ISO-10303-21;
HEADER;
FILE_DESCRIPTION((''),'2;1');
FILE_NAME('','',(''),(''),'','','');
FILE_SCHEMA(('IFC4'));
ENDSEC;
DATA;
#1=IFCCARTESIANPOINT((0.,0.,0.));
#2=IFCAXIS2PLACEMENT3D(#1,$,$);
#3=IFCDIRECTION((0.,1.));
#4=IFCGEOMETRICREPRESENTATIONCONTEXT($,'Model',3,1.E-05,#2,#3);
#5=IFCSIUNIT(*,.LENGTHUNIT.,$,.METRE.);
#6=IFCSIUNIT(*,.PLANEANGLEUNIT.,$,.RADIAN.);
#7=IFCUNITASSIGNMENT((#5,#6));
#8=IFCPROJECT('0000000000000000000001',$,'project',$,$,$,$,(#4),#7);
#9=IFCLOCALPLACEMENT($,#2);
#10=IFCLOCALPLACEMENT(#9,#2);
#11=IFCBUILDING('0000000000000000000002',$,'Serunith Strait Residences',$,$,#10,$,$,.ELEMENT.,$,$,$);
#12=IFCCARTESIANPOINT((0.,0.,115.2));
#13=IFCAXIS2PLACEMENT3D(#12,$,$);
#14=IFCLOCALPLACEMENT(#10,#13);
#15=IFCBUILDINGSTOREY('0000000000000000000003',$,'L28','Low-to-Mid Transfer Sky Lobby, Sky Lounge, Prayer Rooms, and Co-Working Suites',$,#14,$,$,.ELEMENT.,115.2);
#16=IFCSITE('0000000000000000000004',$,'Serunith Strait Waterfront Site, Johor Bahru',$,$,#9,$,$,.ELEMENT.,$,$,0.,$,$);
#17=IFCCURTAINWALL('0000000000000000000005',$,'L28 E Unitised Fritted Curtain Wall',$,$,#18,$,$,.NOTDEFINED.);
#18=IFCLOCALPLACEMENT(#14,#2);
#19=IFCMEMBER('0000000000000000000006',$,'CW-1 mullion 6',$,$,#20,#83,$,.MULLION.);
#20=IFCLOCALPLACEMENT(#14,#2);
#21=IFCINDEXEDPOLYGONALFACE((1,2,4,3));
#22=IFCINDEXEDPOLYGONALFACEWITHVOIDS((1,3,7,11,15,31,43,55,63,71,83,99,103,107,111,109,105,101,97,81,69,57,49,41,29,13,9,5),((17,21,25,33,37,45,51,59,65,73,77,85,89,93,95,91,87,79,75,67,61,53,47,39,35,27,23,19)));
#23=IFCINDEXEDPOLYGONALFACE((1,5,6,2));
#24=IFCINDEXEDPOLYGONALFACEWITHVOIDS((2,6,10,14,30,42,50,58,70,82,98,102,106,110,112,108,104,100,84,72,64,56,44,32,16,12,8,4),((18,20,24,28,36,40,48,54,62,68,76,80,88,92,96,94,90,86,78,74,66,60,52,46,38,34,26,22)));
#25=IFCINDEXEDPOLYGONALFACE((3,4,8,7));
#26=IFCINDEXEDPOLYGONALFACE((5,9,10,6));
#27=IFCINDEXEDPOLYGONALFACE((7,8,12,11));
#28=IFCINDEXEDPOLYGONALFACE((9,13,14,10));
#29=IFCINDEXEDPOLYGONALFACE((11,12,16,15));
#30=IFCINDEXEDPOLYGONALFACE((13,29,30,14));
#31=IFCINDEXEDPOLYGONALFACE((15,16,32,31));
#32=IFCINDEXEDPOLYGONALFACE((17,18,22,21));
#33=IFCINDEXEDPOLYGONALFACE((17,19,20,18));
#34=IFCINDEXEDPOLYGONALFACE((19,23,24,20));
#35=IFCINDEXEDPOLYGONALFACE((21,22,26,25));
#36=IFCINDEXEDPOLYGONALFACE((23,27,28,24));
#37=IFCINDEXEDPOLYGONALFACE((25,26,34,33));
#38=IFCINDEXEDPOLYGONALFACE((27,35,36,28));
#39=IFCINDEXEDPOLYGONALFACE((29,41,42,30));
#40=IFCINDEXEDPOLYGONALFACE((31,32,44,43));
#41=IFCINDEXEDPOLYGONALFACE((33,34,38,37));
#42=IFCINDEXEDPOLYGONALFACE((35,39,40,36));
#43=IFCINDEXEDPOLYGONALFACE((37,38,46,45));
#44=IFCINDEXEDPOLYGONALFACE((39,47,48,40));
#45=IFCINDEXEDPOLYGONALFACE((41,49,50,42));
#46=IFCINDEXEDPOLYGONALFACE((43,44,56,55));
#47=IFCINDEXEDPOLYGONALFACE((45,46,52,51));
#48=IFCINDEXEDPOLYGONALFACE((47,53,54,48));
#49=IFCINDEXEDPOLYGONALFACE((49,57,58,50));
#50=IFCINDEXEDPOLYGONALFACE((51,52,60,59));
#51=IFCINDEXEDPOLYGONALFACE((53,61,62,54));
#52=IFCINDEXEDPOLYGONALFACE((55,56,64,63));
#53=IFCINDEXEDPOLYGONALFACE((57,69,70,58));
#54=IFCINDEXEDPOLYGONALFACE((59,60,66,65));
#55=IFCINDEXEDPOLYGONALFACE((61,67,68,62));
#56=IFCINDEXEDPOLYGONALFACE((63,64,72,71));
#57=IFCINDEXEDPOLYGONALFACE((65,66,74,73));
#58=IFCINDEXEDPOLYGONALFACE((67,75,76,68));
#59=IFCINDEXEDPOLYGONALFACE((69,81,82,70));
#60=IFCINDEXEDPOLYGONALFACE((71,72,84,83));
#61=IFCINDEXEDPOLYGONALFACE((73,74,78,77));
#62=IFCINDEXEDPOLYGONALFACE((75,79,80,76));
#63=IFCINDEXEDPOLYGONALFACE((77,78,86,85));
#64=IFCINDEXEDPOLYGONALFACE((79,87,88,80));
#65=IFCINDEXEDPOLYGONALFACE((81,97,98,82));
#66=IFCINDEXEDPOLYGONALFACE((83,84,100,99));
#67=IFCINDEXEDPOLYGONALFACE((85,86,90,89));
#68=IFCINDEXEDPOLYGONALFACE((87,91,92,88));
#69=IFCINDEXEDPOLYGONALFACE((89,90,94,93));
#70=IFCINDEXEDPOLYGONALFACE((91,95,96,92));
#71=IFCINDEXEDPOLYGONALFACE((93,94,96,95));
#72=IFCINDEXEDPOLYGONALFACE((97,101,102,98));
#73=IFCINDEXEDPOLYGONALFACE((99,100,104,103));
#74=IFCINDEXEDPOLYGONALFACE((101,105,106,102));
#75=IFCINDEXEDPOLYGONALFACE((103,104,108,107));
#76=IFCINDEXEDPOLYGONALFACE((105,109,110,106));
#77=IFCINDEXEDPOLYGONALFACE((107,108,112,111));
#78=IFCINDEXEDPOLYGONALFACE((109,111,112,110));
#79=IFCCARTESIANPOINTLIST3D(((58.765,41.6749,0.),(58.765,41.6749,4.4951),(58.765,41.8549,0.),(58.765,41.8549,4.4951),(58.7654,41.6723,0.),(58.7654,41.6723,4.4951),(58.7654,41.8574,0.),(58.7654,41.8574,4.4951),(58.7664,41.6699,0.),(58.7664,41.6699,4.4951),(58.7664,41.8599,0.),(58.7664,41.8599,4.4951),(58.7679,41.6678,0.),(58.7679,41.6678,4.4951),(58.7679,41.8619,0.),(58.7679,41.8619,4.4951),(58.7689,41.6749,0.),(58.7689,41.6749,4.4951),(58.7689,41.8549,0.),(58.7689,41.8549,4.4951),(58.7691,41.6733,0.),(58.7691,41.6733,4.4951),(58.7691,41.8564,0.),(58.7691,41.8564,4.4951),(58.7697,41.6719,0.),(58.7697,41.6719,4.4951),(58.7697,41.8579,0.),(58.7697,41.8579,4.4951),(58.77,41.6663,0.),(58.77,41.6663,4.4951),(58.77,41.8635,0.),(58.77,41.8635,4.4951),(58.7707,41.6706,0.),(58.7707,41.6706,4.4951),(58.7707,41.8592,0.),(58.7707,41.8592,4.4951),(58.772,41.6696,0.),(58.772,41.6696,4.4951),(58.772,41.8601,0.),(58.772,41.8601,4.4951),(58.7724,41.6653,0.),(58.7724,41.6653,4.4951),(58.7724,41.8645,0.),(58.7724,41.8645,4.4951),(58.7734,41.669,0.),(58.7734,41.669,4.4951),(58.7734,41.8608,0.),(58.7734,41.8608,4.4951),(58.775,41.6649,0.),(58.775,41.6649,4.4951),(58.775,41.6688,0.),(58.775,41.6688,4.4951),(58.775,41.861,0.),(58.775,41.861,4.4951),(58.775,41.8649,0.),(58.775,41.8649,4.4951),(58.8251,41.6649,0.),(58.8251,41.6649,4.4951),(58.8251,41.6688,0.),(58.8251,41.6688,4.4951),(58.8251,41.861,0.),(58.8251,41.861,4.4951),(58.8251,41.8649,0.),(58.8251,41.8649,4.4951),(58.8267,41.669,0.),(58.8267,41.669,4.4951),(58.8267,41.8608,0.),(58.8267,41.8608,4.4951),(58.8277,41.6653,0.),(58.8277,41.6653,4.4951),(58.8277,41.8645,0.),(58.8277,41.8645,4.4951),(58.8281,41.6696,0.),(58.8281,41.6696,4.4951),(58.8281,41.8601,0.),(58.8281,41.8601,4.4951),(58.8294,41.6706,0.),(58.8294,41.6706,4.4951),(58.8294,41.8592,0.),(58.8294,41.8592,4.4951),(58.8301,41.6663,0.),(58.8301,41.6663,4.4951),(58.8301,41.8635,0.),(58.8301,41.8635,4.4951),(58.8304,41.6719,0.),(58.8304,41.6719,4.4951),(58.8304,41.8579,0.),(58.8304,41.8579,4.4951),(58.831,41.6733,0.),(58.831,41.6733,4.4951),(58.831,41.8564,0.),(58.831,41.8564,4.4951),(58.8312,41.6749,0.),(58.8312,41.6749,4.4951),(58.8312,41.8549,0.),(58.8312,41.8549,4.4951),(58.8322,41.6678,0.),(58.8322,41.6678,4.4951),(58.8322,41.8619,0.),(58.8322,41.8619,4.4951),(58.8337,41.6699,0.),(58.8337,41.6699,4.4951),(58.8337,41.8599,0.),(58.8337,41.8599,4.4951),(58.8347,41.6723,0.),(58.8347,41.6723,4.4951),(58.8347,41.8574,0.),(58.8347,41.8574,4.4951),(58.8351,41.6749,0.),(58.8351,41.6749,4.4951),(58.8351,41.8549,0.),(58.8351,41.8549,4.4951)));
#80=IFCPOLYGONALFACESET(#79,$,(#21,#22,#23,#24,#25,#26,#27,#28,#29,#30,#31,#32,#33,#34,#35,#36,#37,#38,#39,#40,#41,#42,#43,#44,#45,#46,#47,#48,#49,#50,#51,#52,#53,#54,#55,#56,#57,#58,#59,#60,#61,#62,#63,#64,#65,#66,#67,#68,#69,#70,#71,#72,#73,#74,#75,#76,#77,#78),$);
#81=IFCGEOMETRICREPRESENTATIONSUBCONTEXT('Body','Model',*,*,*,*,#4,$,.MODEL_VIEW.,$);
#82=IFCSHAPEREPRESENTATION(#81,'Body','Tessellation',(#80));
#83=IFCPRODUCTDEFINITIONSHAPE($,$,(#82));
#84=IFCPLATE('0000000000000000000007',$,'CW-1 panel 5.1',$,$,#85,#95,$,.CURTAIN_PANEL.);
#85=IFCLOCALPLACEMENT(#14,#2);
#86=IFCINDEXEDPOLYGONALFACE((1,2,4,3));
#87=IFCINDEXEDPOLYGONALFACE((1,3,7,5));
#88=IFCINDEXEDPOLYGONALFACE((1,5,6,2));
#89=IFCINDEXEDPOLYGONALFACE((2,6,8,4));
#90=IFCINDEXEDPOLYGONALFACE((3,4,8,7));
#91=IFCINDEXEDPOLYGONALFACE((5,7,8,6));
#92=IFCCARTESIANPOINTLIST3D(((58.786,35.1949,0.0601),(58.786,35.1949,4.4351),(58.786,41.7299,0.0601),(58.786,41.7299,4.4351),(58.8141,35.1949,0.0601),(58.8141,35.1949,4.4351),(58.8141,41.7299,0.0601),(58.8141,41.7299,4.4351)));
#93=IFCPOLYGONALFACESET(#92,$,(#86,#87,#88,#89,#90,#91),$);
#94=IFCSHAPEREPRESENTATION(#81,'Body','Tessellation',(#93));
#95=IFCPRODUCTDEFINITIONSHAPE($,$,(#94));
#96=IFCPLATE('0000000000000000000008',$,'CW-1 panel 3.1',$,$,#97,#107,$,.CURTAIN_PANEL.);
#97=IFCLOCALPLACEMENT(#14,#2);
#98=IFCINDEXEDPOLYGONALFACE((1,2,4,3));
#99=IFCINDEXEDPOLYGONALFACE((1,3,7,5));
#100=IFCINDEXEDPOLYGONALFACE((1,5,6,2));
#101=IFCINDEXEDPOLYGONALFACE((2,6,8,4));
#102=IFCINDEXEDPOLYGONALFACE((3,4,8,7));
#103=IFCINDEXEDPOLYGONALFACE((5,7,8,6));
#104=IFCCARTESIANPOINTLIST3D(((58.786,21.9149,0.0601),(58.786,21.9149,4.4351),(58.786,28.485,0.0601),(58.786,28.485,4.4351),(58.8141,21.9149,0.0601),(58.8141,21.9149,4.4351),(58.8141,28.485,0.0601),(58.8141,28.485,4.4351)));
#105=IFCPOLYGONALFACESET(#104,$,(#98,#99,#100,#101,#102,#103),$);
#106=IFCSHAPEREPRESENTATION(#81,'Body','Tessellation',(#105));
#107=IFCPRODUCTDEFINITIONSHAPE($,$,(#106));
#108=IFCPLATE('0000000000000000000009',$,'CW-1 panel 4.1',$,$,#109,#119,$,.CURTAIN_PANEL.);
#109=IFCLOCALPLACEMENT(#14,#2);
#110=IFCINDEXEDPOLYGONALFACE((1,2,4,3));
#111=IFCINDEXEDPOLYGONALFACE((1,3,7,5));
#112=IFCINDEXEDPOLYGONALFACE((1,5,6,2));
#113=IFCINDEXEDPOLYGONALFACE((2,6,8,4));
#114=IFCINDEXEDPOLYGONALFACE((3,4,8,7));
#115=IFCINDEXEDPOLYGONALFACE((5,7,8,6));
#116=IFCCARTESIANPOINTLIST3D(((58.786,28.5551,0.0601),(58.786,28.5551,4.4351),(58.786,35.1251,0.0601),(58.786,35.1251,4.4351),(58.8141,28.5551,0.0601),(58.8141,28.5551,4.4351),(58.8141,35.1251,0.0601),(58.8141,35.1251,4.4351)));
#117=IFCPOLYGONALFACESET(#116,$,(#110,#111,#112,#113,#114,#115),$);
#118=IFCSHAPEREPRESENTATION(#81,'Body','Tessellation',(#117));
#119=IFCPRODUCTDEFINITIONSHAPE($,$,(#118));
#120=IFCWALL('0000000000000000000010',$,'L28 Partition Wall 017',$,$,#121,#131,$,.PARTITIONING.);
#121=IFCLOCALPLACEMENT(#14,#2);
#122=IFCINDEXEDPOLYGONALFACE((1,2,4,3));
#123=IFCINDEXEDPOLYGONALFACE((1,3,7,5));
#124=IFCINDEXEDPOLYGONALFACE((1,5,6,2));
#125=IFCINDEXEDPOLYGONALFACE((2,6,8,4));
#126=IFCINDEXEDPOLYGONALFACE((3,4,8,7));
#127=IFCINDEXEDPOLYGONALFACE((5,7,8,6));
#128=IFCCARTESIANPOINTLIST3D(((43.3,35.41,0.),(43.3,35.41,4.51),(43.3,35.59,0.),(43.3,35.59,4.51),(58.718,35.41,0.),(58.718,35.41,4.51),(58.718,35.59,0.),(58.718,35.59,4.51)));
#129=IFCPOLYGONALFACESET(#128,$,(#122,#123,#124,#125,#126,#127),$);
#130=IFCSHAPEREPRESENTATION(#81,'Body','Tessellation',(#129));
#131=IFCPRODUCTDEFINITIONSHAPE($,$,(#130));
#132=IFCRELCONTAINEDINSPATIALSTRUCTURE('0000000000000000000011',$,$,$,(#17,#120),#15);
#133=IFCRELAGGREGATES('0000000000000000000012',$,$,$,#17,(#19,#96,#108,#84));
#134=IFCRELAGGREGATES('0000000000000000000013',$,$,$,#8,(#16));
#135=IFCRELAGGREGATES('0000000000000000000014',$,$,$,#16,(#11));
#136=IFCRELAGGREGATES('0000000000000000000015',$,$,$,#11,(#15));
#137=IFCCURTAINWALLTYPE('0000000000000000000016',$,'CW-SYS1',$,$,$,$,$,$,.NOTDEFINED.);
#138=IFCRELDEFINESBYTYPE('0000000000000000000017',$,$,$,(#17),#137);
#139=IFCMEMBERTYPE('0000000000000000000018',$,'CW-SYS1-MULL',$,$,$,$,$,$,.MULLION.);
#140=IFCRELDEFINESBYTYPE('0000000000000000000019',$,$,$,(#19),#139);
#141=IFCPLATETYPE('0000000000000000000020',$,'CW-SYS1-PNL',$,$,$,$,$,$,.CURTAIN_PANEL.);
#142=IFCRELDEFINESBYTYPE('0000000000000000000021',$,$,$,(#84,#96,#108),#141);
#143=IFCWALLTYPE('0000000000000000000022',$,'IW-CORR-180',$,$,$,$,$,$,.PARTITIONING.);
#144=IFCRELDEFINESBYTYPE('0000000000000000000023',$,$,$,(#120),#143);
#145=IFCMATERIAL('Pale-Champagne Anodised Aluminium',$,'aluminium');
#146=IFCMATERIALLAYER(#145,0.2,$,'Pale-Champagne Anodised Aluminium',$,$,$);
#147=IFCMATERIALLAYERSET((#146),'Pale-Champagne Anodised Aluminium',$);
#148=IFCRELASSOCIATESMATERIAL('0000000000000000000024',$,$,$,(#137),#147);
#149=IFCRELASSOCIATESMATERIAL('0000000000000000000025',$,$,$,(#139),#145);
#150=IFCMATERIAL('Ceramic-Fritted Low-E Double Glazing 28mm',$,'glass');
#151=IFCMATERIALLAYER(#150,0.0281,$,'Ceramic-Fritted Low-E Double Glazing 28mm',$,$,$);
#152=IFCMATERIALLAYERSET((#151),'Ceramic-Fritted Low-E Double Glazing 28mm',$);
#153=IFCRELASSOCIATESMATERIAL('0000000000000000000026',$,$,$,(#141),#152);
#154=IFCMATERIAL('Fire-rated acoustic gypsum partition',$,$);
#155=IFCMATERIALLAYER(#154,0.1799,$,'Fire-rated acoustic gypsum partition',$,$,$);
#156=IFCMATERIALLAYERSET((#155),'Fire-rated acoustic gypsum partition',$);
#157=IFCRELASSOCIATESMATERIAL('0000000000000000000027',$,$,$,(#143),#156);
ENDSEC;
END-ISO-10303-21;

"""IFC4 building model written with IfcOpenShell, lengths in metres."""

from ifc_helpers import new_model, si_unit, direction, frame, frame_2d, origin, origin_2d, place, context, subcontext, project, spatial, rectangle, hollow_rectangle, extrude, source, transform, mapped, material, layer, layer_set, material_profile, profile_set, type_object, element, aggregate, save


model = new_model("IFC4")

# Units and contexts
model_context = context("Model", 3, precision=1e-05, world=origin(), true_north=direction((0.0, 1.0)))
body_context = subcontext(model_context, "Body", "Model", "MODEL_VIEW")
ifc_project = project(units=[si_unit("LENGTHUNIT", "METRE"), si_unit("PLANEANGLEUNIT", "RADIAN")], contexts=[model_context])

# Site, building, storey
site_placement = place(None, origin())
site = spatial("IfcSite", under=ifc_project, at=site_placement, Name="Serunith Strait Waterfront Site, Johor Bahru", CompositionType="ELEMENT", RefElevation=0.0)
building_placement = place(site_placement, origin())
building = spatial("IfcBuilding", under=site, at=building_placement, Name="Serunith Strait Residences", CompositionType="ELEMENT")
storey_placement = place(building_placement, frame((0.0, 0.0, 115.2)))
storey = spatial("IfcBuildingStorey", under=building, at=storey_placement, Name="L28", Description="Low-to-Mid Transfer Sky Lobby, Sky Lounge, Prayer Rooms, and Co-Working Suites", CompositionType="ELEMENT", Elevation=115.2)

# Curtain wall, member, plates
ifc_material_1 = material(Name="Pale-Champagne Anodised Aluminium", Category="aluminium")
ifc_layer_1 = layer(ifc_material_1, 0.2, Name="Pale-Champagne Anodised Aluminium")
ifc_layer_set_1 = layer_set([ifc_layer_1], Name="Pale-Champagne Anodised Aluminium")
curtain_wall_type = type_object("IfcCurtainWallType", Name="CW-SYS1", PredefinedType="NOTDEFINED", material=ifc_layer_set_1)
curtain_wall_placement = place(storey_placement, origin())
curtain_wall = element("IfcCurtainWall", 1, at=curtain_wall_placement, inside=storey, type_object=curtain_wall_type, Name="L28 E Unitised Fritted Curtain Wall", PredefinedType="NOTDEFINED")
ifc_material_profile_1 = material_profile(ifc_material_1, hollow_rectangle(XDim=0.0701, YDim=0.2, WallThickness=0.0039, InnerFilletRadius=0.0061, OuterFilletRadius=0.01, at=origin_2d()), Name="ALU 200x70x4")
ifc_profile_set_1 = profile_set([ifc_material_profile_1], Name="Pale-Champagne Anodised Aluminium")
member_type_1 = type_object("IfcMemberType", Name="CW-SYS1-MULL", PredefinedType="MULLION", material=ifc_profile_set_1)
shared_shape_1 = source(origin(), body_context, "Body", "SweptSolid", [
    extrude(hollow_rectangle(XDim=0.0701, YDim=0.2, WallThickness=0.0039, InnerFilletRadius=0.0061, OuterFilletRadius=0.01, at=origin_2d()), origin(), (0.0, 0.0, 1.0), 4.4951),
])
member_1_placement = place(storey_placement, frame((58.8, 41.7649, 0.0), z_axis=(0.0, 0.0, 1.0), x_axis=(-1.0, 0.0, 0.0)))
member_1 = element("IfcMember", 2, at=member_1_placement, type_object=member_type_1, Name="CW-1 mullion 6", PredefinedType="MULLION", context=body_context, shape_type="MappedRepresentation", body=[
    mapped(shared_shape_1, transform((0.0, 0.0, 0.0), scale=1.0)),
])
ifc_material_2 = material(Name="Ceramic-Fritted Low-E Double Glazing 28mm", Category="glass")
ifc_layer_2 = layer(ifc_material_2, 0.0281, Name="Ceramic-Fritted Low-E Double Glazing 28mm")
ifc_layer_set_2 = layer_set([ifc_layer_2], Name="Ceramic-Fritted Low-E Double Glazing 28mm")
plate_type = type_object("IfcPlateType", Name="CW-SYS1-PNL", PredefinedType="CURTAIN_PANEL", material=ifc_layer_set_2)
shared_shape_2 = source(origin(), body_context, "Body", "SweptSolid", [
    extrude(rectangle(XDim=6.5349, YDim=0.0281, at=origin_2d()), origin(), (0.0, 0.0, 1.0), 4.375),
])
plate_1_placement = place(storey_placement, frame((58.8, 38.4624, 0.0601), z_axis=(0.0, 0.0, 1.0), x_axis=(0.0, 1.0, 0.0)))
plate_1 = element("IfcPlate", 3, at=plate_1_placement, type_object=plate_type, Name="CW-1 panel 5.1", PredefinedType="CURTAIN_PANEL", context=body_context, shape_type="MappedRepresentation", body=[
    mapped(shared_shape_2, transform((0.0, 0.0, 0.0), scale=1.0)),
])
shared_shape_3 = source(origin(), body_context, "Body", "SweptSolid", [
    extrude(rectangle(XDim=6.5701, YDim=0.0281, at=origin_2d()), origin(), (0.0, 0.0, 1.0), 4.375),
])
plate_2_placement = place(storey_placement, frame((58.8, 25.2, 0.0601), z_axis=(0.0, 0.0, 1.0), x_axis=(0.0, 1.0, 0.0)))
plate_2 = element("IfcPlate", 4, at=plate_2_placement, type_object=plate_type, Name="CW-1 panel 3.1", PredefinedType="CURTAIN_PANEL", context=body_context, shape_type="MappedRepresentation", body=[
    mapped(shared_shape_3, transform((0.0, 0.0, 0.0), scale=1.0)),
])
plate_3_placement = place(storey_placement, frame((58.8, 31.8401, 0.0601), z_axis=(0.0, 0.0, 1.0), x_axis=(0.0, 1.0, 0.0)))
plate_3 = element("IfcPlate", 5, at=plate_3_placement, type_object=plate_type, Name="CW-1 panel 4.1", PredefinedType="CURTAIN_PANEL", context=body_context, shape_type="MappedRepresentation", body=[
    mapped(shared_shape_3, transform((0.0, 0.0, 0.0), scale=1.0)),
])
aggregate(curtain_wall, [member_1, plate_2, plate_3, plate_1])

# Wall
ifc_material_3 = material(Name="Fire-rated acoustic gypsum partition")
ifc_layer_3 = layer(ifc_material_3, 0.1799, Name="Fire-rated acoustic gypsum partition")
ifc_layer_set_3 = layer_set([ifc_layer_3], Name="Fire-rated acoustic gypsum partition")
wall_type = type_object("IfcWallType", Name="IW-CORR-180", PredefinedType="PARTITIONING", material=ifc_layer_set_3)
wall_placement = place(storey_placement, frame((43.3, 35.5, 0.0), z_axis=(0.0, 0.0, 1.0), x_axis=(1.0, 0.0, 0.0)))
element("IfcWall", 6, at=wall_placement, inside=storey, type_object=wall_type, Name="L28 Partition Wall 017", PredefinedType="PARTITIONING", context=body_context, shape_type="SweptSolid", body=[
    extrude(rectangle(XDim=15.418, YDim=0.1799, at=frame_2d((7.709, 0.0))), origin(), (0.0, 0.0, 1.0), 4.51),
])

save(model, "model.ifc")
